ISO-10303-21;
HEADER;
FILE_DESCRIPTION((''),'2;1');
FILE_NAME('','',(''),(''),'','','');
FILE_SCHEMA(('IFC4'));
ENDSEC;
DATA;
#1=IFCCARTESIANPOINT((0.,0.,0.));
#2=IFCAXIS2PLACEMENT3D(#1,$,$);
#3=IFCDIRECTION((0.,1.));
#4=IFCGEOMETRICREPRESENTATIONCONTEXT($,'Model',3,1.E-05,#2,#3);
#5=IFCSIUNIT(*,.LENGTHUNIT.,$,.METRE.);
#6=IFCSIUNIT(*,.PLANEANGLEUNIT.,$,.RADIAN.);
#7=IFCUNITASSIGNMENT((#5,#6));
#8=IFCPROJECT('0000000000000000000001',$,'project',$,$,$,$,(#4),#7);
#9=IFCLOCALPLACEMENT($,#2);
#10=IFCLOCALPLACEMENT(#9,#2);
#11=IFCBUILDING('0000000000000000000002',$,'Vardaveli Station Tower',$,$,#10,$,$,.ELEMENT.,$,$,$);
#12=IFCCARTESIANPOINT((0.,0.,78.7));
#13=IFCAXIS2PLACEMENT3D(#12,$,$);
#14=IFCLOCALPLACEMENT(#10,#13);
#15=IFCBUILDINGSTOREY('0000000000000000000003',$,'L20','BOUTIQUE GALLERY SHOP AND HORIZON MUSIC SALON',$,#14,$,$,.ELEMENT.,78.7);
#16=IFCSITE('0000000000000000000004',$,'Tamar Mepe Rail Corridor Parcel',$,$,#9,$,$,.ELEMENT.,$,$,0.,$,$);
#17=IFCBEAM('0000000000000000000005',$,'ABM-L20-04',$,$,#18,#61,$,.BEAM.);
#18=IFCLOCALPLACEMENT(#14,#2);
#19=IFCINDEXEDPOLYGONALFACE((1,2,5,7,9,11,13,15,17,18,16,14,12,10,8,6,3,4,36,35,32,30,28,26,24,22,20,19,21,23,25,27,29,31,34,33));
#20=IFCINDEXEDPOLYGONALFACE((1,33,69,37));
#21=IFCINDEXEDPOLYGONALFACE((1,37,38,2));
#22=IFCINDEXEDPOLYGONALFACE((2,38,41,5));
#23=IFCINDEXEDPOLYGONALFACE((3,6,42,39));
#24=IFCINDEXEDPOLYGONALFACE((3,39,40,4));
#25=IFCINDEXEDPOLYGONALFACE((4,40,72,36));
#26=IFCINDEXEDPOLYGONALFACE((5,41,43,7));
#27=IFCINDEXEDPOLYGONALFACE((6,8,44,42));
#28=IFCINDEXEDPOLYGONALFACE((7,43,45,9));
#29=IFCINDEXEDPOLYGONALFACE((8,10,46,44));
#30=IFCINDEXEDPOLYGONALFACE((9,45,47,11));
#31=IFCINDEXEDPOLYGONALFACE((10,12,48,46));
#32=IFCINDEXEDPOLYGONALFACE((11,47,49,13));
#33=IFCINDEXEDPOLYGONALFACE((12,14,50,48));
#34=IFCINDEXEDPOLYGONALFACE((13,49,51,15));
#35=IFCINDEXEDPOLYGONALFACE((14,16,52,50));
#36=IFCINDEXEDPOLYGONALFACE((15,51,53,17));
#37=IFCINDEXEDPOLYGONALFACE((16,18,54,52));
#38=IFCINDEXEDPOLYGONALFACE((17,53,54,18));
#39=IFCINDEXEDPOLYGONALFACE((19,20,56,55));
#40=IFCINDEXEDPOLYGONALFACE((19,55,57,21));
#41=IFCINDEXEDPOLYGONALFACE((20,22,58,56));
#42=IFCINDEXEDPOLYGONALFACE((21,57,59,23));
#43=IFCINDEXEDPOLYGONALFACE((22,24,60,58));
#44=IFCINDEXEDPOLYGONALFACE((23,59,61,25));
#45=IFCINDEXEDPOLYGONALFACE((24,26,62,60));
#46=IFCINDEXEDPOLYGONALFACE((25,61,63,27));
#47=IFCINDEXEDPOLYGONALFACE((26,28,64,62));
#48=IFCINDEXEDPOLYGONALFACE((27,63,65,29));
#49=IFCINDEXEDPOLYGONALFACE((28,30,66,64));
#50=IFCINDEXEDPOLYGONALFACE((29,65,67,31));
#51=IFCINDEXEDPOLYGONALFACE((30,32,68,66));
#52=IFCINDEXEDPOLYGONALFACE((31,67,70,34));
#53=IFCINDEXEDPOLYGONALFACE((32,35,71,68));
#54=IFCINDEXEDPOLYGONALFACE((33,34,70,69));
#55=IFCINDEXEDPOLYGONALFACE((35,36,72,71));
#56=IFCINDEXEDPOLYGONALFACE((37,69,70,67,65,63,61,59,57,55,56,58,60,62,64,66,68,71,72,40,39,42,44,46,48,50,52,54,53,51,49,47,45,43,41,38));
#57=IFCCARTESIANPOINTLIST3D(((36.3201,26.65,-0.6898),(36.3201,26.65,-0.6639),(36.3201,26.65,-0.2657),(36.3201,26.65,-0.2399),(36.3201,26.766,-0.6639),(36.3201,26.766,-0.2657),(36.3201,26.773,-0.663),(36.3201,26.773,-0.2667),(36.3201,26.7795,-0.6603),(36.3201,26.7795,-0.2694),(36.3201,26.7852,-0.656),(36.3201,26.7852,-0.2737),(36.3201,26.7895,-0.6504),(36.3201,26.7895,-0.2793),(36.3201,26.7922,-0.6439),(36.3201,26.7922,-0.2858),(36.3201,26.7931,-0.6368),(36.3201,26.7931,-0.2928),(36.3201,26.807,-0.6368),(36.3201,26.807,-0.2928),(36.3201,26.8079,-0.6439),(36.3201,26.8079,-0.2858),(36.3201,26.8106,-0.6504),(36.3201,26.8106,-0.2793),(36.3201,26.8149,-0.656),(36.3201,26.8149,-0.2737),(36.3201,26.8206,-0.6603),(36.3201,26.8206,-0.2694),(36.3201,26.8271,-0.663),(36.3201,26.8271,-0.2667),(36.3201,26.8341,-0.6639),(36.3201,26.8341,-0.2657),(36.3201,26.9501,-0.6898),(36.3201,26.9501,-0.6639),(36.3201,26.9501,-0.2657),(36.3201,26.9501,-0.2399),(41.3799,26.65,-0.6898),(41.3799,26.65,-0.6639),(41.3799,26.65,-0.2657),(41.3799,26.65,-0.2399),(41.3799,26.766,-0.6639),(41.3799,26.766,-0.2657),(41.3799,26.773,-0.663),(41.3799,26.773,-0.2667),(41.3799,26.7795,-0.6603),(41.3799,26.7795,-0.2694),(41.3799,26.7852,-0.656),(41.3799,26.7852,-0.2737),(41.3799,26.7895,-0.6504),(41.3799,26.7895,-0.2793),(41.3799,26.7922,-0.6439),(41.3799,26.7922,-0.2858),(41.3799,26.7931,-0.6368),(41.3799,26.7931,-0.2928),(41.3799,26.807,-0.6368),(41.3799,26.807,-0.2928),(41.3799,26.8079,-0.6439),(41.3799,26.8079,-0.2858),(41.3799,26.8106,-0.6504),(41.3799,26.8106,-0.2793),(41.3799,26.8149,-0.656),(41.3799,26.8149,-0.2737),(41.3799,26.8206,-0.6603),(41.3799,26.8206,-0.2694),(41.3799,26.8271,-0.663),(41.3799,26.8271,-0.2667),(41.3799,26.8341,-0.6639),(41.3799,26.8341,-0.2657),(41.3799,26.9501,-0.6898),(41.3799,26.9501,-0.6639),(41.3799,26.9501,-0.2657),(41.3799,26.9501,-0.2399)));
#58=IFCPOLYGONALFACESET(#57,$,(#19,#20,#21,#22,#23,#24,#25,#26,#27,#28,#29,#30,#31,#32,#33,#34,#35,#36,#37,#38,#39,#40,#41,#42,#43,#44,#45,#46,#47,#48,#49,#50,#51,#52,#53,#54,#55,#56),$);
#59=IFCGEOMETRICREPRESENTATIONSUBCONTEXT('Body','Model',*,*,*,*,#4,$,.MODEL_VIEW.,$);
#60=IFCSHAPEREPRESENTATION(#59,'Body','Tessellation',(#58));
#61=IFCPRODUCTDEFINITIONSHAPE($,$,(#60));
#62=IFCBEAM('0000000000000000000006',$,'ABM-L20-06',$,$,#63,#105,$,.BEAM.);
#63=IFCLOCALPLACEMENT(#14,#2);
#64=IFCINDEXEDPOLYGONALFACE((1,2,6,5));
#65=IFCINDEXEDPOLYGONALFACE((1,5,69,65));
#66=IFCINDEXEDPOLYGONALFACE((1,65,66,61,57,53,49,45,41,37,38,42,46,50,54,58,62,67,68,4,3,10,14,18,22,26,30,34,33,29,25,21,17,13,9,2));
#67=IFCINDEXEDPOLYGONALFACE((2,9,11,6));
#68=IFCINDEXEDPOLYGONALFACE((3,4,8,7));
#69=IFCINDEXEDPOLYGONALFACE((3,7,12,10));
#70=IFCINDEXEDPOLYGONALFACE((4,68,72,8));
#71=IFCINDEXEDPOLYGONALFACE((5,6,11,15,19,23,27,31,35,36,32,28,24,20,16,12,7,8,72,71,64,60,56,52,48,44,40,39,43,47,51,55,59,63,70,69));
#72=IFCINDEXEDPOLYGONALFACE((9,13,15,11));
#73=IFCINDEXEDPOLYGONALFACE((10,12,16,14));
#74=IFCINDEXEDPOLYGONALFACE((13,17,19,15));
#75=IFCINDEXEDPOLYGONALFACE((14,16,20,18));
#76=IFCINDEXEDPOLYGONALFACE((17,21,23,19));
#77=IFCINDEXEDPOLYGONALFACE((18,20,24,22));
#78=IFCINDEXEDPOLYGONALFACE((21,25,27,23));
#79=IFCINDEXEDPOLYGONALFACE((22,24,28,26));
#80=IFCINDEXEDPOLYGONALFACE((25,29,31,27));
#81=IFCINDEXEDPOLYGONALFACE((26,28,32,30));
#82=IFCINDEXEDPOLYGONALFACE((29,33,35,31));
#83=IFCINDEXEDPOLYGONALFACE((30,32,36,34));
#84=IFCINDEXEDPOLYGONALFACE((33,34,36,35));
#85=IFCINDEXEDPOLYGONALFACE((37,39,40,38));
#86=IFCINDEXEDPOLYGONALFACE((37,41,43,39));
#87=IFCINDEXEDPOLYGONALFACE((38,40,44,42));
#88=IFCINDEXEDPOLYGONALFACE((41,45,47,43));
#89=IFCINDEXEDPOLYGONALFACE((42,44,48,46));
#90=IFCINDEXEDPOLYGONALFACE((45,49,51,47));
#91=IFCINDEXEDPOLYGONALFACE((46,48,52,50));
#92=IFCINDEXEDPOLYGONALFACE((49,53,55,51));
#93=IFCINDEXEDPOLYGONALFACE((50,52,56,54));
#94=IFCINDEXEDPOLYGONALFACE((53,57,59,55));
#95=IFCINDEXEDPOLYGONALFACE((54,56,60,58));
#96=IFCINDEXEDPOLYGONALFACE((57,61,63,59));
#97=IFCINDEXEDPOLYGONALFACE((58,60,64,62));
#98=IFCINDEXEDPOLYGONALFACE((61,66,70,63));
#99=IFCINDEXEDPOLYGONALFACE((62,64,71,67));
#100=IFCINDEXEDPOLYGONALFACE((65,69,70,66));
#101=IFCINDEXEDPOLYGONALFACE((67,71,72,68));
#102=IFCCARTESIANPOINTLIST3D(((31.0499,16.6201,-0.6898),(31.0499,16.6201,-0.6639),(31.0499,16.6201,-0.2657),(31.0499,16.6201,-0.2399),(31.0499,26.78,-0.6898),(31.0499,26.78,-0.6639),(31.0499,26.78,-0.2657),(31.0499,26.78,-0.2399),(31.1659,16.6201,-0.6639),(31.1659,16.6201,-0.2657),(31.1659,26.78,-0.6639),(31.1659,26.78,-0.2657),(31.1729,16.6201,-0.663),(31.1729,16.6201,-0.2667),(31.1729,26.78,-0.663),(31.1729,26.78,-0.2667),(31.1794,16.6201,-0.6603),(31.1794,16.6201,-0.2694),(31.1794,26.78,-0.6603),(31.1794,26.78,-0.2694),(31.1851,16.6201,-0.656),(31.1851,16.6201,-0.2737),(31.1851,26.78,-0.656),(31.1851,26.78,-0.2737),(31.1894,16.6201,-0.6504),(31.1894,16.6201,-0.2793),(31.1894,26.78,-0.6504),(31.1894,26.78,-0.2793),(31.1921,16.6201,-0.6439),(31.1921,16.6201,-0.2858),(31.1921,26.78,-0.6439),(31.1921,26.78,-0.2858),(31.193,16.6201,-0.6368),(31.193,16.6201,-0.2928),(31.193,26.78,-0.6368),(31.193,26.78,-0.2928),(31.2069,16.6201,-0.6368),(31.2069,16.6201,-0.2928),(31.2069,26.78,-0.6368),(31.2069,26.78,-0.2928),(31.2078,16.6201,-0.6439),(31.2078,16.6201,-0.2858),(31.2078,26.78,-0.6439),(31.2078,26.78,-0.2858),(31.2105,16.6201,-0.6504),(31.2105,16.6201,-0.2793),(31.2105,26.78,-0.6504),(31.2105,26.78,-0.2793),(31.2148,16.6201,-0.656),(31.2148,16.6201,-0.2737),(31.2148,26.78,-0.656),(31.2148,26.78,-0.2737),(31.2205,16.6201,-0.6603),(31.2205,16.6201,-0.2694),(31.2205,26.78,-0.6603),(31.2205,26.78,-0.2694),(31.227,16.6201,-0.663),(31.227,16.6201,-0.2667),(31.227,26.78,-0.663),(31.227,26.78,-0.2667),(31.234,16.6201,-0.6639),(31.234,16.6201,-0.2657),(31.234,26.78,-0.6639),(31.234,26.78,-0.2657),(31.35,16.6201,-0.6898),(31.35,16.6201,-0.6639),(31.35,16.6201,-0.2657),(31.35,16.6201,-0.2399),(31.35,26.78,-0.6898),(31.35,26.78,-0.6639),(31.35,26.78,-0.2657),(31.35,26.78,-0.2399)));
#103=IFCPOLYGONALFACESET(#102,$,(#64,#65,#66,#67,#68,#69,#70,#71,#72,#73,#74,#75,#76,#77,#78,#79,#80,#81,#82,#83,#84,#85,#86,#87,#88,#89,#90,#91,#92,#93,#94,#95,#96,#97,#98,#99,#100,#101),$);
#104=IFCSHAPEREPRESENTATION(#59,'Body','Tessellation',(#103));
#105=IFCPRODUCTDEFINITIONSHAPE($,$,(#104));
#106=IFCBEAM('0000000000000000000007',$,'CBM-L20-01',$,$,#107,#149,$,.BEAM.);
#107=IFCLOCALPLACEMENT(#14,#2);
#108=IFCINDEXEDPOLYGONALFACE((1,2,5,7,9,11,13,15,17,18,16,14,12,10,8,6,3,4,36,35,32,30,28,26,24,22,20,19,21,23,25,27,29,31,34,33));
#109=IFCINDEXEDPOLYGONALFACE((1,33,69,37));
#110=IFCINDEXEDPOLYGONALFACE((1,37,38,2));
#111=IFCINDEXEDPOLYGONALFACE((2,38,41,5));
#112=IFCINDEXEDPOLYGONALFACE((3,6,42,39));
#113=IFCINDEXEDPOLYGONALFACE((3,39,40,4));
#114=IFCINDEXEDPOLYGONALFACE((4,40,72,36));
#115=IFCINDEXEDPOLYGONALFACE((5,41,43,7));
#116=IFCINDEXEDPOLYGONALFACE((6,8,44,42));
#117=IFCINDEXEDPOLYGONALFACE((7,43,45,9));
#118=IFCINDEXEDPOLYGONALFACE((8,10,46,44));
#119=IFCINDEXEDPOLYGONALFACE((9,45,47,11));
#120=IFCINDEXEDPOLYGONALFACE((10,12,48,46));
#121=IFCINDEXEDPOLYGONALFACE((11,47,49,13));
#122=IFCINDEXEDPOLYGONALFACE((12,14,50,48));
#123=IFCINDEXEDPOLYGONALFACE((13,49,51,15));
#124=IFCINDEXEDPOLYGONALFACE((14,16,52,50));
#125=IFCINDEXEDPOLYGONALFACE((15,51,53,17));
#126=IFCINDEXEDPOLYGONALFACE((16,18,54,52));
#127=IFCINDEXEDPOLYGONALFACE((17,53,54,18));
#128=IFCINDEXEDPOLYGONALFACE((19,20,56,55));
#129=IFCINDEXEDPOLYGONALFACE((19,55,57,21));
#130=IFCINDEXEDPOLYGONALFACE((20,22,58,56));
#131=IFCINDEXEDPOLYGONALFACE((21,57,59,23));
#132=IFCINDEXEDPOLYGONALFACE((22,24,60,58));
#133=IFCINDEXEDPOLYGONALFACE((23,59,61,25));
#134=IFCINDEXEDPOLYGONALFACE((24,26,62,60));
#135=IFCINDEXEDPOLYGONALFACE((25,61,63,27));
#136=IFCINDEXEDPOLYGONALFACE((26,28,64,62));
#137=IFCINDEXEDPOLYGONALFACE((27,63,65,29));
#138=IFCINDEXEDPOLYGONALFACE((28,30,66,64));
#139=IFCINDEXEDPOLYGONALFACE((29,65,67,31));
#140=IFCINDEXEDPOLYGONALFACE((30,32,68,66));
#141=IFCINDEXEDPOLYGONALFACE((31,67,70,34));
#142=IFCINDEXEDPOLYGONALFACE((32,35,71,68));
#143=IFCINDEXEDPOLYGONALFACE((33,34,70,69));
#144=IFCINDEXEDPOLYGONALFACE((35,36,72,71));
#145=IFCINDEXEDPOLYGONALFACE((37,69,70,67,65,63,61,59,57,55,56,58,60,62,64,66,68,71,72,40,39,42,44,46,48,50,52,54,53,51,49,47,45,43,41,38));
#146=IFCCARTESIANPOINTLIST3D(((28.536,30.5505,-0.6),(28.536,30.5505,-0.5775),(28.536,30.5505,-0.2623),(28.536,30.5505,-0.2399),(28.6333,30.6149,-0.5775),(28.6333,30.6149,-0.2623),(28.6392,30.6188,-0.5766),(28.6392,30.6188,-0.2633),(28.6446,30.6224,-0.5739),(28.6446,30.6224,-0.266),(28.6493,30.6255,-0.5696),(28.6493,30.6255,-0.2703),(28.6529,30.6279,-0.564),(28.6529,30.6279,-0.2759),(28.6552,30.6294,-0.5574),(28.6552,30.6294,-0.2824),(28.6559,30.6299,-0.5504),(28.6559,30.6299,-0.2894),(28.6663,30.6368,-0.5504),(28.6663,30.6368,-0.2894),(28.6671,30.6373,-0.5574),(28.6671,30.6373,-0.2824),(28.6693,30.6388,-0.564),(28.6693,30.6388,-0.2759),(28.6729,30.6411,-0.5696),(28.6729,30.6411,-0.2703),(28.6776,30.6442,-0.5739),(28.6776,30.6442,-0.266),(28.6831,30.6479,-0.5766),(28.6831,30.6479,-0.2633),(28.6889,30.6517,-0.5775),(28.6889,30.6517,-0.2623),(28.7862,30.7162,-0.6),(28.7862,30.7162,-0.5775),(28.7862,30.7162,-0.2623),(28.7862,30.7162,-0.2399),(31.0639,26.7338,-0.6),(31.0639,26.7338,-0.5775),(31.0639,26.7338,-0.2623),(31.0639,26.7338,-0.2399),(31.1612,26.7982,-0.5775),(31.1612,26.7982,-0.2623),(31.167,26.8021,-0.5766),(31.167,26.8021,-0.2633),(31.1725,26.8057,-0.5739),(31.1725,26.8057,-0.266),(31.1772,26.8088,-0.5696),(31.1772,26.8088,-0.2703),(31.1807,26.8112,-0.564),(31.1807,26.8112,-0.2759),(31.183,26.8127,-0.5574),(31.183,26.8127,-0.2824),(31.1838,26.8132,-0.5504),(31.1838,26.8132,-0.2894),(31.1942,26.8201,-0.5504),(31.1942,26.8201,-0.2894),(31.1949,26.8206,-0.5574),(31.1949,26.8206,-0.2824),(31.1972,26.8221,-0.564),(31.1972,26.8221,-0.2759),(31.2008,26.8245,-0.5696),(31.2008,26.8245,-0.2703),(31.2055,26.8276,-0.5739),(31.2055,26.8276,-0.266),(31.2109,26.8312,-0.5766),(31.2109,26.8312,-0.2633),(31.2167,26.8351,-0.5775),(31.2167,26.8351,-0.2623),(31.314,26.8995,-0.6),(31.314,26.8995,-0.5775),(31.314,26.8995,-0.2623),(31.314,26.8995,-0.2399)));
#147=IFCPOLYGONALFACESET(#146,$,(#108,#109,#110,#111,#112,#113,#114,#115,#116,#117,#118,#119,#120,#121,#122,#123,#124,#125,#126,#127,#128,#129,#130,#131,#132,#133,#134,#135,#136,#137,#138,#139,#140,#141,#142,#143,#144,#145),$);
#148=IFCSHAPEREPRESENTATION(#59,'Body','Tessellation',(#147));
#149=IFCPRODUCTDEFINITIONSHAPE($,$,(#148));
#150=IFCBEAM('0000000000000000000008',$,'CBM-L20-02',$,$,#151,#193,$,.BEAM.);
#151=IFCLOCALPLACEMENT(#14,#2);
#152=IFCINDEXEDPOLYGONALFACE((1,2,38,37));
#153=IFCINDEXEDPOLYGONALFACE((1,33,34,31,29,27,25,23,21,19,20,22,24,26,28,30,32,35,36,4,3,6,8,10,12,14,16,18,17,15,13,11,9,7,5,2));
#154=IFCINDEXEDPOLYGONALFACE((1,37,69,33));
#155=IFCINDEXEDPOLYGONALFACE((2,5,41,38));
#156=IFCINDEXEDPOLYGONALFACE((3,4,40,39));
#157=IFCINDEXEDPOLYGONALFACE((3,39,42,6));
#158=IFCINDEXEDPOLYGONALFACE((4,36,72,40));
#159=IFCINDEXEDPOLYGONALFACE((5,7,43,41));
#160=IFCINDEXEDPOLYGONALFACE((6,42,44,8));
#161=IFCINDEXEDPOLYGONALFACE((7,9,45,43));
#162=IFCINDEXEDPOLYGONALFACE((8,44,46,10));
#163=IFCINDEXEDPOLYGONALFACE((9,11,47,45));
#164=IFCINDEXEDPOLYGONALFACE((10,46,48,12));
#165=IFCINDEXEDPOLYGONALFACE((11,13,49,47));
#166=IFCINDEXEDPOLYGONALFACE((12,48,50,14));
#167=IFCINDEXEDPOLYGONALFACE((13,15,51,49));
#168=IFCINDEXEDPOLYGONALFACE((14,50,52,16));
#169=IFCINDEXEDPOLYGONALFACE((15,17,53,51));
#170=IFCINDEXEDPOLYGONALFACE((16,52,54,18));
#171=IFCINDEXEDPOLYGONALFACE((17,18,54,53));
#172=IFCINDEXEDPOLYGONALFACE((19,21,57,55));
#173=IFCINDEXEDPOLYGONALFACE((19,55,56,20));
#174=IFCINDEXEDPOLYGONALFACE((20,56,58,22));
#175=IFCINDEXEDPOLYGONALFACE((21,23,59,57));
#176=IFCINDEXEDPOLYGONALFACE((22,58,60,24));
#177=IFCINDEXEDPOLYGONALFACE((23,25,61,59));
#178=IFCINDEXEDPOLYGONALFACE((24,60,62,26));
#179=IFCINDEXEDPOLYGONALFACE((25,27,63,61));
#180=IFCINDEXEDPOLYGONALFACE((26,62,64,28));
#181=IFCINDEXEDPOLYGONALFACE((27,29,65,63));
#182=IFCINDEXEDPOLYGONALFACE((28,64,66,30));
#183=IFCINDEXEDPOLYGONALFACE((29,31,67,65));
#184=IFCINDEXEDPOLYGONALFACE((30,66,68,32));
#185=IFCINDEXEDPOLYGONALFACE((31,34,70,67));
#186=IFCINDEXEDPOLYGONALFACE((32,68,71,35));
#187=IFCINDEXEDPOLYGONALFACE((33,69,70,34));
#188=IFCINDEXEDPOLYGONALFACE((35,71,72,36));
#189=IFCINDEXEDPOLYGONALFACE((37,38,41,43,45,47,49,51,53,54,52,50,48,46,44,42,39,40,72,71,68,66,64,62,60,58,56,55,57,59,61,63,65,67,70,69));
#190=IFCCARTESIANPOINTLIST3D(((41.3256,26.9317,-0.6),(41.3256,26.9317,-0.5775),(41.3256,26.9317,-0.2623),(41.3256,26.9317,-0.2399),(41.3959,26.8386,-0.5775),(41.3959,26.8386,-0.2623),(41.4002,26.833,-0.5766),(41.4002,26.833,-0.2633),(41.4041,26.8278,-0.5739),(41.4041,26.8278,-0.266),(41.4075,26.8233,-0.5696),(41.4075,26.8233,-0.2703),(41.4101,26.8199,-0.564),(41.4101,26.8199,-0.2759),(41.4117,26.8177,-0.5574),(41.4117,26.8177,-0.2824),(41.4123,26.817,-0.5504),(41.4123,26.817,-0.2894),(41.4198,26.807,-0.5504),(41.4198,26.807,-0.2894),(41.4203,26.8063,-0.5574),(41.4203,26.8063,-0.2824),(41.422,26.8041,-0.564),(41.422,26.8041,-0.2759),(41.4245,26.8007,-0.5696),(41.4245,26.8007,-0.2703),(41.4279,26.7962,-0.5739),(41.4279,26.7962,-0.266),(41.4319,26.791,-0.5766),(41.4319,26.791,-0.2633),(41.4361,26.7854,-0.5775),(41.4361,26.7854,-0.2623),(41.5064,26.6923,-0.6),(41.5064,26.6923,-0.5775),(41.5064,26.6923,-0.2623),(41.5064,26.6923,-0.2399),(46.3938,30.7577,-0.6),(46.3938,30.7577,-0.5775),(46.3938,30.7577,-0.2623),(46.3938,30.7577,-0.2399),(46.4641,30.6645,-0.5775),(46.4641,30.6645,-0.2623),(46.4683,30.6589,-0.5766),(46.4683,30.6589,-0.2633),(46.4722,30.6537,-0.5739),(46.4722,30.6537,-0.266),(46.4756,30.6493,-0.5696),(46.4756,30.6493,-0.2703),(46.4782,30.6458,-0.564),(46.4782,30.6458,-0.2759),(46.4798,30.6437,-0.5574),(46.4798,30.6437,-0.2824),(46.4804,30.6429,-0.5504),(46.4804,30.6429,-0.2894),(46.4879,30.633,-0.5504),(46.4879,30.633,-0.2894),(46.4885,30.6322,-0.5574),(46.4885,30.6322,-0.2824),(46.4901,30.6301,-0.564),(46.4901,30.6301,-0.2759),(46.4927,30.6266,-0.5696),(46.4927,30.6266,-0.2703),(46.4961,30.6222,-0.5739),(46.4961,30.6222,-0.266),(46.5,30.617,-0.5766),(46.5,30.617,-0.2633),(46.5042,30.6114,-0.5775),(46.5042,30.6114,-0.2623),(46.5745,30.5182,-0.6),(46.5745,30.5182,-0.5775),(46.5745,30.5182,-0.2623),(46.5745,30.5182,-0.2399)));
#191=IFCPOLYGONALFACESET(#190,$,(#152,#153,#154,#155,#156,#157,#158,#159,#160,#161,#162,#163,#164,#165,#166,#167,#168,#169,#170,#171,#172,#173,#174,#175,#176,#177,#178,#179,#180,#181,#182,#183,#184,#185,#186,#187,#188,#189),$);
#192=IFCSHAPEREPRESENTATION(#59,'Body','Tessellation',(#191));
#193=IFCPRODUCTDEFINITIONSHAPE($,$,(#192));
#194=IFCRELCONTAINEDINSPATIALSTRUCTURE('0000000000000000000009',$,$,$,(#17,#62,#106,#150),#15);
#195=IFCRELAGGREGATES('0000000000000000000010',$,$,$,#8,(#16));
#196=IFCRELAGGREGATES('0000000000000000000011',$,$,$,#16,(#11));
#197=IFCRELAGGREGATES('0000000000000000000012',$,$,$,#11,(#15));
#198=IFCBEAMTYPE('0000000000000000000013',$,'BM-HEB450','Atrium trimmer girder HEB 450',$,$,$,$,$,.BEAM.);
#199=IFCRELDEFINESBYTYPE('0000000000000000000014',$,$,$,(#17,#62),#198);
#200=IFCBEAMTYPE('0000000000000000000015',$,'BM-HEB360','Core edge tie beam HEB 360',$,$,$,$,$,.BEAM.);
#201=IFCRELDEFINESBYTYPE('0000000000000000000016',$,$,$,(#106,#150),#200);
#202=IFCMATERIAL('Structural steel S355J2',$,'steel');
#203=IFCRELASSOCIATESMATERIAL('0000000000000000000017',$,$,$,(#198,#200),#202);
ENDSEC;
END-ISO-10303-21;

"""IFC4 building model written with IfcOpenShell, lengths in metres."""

from ifc_helpers import new_model, si_unit, direction, frame, origin, origin_2d, place, context, subcontext, project, spatial, i_section, extrude, source, transform, mapped, material, material_profile, profile_set, type_object, element, save


model = new_model("IFC4")

# Units and contexts
model_context = context("Model", 3, precision=1e-05, world=origin(), true_north=direction((0.0, 1.0)))
body_context = subcontext(model_context, "Body", "Model", "MODEL_VIEW")
ifc_project = project(units=[si_unit("LENGTHUNIT", "METRE"), si_unit("PLANEANGLEUNIT", "RADIAN")], contexts=[model_context])

# Site, building, storey
site_placement = place(None, origin())
site = spatial("IfcSite", under=ifc_project, at=site_placement, Name="Tamar Mepe Rail Corridor Parcel", CompositionType="ELEMENT", RefElevation=0.0)
building_placement = place(site_placement, origin())
building = spatial("IfcBuilding", under=site, at=building_placement, Name="Vardaveli Station Tower", CompositionType="ELEMENT")
storey_placement = place(building_placement, frame((0.0, 0.0, 78.7)))
storey = spatial("IfcBuildingStorey", under=building, at=storey_placement, Name="L20", Description="BOUTIQUE GALLERY SHOP AND HORIZON MUSIC SALON", CompositionType="ELEMENT", Elevation=78.7)

# Beams
ifc_material_1 = material(Name="Structural steel S355J2", Category="steel")
ifc_material_profile_1 = material_profile(ifc_material_1, i_section(OverallWidth=0.3, OverallDepth=0.45, WebThickness=0.0139, FlangeThickness=0.0259, FilletRadius=0.0271, at=origin_2d()), Name="HEB 450")
ifc_profile_set_1 = profile_set([ifc_material_profile_1], Name="Structural steel S355J2")
beam_type_1 = type_object("IfcBeamType", Name="BM-HEB450", Description="Atrium trimmer girder HEB 450", PredefinedType="BEAM", material=ifc_profile_set_1)
shared_shape_1 = source(origin(), body_context, "Body", "SweptSolid", [
    extrude(i_section(OverallWidth=0.3, OverallDepth=0.45, WebThickness=0.0139, FlangeThickness=0.0259, FilletRadius=0.0271, at=origin_2d()), origin(), (0.0, 0.0, 1.0), 5.0598),
])
beam_1_placement = place(storey_placement, frame((41.3799, 26.8, -0.4648), z_axis=(-1.0, 0.0, 0.0), x_axis=(0.0, -1.0, 0.0)))
element("IfcBeam", 1, at=beam_1_placement, inside=storey, type_object=beam_type_1, Name="ABM-L20-04", PredefinedType="BEAM", context=body_context, shape_type="MappedRepresentation", body=[
    mapped(shared_shape_1, transform((0.0, 0.0, 0.0), scale=1.0)),
])
shared_shape_2 = source(origin(), body_context, "Body", "SweptSolid", [
    extrude(i_section(OverallWidth=0.3, OverallDepth=0.45, WebThickness=0.0139, FlangeThickness=0.0259, FilletRadius=0.0271, at=origin_2d()), origin(), (0.0, 0.0, 1.0), 10.1599),
])
beam_2_placement = place(storey_placement, frame((31.2, 26.78, -0.4648), z_axis=(0.0, -1.0, 0.0), x_axis=(1.0, 0.0, 0.0)))
element("IfcBeam", 2, at=beam_2_placement, inside=storey, type_object=beam_type_1, Name="ABM-L20-06", PredefinedType="BEAM", context=body_context, shape_type="MappedRepresentation", body=[
    mapped(shared_shape_2, transform((0.0, 0.0, 0.0), scale=1.0)),
])
ifc_material_profile_2 = material_profile(ifc_material_1, i_section(OverallWidth=0.3, OverallDepth=0.3601, WebThickness=0.0125, FlangeThickness=0.0225, FilletRadius=0.0271, at=origin_2d()), Name="HEB 360")
ifc_profile_set_2 = profile_set([ifc_material_profile_2], Name="Structural steel S355J2")
beam_type_2 = type_object("IfcBeamType", Name="BM-HEB360", Description="Core edge tie beam HEB 360", PredefinedType="BEAM", material=ifc_profile_set_2)
shared_shape_3 = source(origin(), body_context, "Body", "SweptSolid", [
    extrude(i_section(OverallWidth=0.3, OverallDepth=0.3601, WebThickness=0.0125, FlangeThickness=0.0225, FilletRadius=0.0271, at=origin_2d()), origin(), (0.0, 0.0, 1.0), 4.5779),
])
beam_3_placement = place(storey_placement, frame((31.189, 26.8167, -0.4199), z_axis=(-0.552187, 0.83372, 0.0), x_axis=(-0.83372, -0.552187, 0.0)))
element("IfcBeam", 3, at=beam_3_placement, inside=storey, type_object=beam_type_2, Name="CBM-L20-01", PredefinedType="BEAM", context=body_context, shape_type="MappedRepresentation", body=[
    mapped(shared_shape_3, transform((0.0, 0.0, 0.0), scale=1.0)),
])
shared_shape_4 = source(origin(), body_context, "Body", "SweptSolid", [
    extrude(i_section(OverallWidth=0.3, OverallDepth=0.3601, WebThickness=0.0125, FlangeThickness=0.0225, FilletRadius=0.0271, at=origin_2d()), origin(), (0.0, 0.0, 1.0), 6.3501),
])
beam_4_placement = place(storey_placement, frame((41.416, 26.812, -0.4199), z_axis=(0.798118, 0.602501, 0.0), x_axis=(-0.602501, 0.798118, 0.0)))
element("IfcBeam", 4, at=beam_4_placement, inside=storey, type_object=beam_type_2, Name="CBM-L20-02", PredefinedType="BEAM", context=body_context, shape_type="MappedRepresentation", body=[
    mapped(shared_shape_4, transform((0.0, 0.0, 0.0), scale=1.0)),
])

save(model, "model.ifc")
